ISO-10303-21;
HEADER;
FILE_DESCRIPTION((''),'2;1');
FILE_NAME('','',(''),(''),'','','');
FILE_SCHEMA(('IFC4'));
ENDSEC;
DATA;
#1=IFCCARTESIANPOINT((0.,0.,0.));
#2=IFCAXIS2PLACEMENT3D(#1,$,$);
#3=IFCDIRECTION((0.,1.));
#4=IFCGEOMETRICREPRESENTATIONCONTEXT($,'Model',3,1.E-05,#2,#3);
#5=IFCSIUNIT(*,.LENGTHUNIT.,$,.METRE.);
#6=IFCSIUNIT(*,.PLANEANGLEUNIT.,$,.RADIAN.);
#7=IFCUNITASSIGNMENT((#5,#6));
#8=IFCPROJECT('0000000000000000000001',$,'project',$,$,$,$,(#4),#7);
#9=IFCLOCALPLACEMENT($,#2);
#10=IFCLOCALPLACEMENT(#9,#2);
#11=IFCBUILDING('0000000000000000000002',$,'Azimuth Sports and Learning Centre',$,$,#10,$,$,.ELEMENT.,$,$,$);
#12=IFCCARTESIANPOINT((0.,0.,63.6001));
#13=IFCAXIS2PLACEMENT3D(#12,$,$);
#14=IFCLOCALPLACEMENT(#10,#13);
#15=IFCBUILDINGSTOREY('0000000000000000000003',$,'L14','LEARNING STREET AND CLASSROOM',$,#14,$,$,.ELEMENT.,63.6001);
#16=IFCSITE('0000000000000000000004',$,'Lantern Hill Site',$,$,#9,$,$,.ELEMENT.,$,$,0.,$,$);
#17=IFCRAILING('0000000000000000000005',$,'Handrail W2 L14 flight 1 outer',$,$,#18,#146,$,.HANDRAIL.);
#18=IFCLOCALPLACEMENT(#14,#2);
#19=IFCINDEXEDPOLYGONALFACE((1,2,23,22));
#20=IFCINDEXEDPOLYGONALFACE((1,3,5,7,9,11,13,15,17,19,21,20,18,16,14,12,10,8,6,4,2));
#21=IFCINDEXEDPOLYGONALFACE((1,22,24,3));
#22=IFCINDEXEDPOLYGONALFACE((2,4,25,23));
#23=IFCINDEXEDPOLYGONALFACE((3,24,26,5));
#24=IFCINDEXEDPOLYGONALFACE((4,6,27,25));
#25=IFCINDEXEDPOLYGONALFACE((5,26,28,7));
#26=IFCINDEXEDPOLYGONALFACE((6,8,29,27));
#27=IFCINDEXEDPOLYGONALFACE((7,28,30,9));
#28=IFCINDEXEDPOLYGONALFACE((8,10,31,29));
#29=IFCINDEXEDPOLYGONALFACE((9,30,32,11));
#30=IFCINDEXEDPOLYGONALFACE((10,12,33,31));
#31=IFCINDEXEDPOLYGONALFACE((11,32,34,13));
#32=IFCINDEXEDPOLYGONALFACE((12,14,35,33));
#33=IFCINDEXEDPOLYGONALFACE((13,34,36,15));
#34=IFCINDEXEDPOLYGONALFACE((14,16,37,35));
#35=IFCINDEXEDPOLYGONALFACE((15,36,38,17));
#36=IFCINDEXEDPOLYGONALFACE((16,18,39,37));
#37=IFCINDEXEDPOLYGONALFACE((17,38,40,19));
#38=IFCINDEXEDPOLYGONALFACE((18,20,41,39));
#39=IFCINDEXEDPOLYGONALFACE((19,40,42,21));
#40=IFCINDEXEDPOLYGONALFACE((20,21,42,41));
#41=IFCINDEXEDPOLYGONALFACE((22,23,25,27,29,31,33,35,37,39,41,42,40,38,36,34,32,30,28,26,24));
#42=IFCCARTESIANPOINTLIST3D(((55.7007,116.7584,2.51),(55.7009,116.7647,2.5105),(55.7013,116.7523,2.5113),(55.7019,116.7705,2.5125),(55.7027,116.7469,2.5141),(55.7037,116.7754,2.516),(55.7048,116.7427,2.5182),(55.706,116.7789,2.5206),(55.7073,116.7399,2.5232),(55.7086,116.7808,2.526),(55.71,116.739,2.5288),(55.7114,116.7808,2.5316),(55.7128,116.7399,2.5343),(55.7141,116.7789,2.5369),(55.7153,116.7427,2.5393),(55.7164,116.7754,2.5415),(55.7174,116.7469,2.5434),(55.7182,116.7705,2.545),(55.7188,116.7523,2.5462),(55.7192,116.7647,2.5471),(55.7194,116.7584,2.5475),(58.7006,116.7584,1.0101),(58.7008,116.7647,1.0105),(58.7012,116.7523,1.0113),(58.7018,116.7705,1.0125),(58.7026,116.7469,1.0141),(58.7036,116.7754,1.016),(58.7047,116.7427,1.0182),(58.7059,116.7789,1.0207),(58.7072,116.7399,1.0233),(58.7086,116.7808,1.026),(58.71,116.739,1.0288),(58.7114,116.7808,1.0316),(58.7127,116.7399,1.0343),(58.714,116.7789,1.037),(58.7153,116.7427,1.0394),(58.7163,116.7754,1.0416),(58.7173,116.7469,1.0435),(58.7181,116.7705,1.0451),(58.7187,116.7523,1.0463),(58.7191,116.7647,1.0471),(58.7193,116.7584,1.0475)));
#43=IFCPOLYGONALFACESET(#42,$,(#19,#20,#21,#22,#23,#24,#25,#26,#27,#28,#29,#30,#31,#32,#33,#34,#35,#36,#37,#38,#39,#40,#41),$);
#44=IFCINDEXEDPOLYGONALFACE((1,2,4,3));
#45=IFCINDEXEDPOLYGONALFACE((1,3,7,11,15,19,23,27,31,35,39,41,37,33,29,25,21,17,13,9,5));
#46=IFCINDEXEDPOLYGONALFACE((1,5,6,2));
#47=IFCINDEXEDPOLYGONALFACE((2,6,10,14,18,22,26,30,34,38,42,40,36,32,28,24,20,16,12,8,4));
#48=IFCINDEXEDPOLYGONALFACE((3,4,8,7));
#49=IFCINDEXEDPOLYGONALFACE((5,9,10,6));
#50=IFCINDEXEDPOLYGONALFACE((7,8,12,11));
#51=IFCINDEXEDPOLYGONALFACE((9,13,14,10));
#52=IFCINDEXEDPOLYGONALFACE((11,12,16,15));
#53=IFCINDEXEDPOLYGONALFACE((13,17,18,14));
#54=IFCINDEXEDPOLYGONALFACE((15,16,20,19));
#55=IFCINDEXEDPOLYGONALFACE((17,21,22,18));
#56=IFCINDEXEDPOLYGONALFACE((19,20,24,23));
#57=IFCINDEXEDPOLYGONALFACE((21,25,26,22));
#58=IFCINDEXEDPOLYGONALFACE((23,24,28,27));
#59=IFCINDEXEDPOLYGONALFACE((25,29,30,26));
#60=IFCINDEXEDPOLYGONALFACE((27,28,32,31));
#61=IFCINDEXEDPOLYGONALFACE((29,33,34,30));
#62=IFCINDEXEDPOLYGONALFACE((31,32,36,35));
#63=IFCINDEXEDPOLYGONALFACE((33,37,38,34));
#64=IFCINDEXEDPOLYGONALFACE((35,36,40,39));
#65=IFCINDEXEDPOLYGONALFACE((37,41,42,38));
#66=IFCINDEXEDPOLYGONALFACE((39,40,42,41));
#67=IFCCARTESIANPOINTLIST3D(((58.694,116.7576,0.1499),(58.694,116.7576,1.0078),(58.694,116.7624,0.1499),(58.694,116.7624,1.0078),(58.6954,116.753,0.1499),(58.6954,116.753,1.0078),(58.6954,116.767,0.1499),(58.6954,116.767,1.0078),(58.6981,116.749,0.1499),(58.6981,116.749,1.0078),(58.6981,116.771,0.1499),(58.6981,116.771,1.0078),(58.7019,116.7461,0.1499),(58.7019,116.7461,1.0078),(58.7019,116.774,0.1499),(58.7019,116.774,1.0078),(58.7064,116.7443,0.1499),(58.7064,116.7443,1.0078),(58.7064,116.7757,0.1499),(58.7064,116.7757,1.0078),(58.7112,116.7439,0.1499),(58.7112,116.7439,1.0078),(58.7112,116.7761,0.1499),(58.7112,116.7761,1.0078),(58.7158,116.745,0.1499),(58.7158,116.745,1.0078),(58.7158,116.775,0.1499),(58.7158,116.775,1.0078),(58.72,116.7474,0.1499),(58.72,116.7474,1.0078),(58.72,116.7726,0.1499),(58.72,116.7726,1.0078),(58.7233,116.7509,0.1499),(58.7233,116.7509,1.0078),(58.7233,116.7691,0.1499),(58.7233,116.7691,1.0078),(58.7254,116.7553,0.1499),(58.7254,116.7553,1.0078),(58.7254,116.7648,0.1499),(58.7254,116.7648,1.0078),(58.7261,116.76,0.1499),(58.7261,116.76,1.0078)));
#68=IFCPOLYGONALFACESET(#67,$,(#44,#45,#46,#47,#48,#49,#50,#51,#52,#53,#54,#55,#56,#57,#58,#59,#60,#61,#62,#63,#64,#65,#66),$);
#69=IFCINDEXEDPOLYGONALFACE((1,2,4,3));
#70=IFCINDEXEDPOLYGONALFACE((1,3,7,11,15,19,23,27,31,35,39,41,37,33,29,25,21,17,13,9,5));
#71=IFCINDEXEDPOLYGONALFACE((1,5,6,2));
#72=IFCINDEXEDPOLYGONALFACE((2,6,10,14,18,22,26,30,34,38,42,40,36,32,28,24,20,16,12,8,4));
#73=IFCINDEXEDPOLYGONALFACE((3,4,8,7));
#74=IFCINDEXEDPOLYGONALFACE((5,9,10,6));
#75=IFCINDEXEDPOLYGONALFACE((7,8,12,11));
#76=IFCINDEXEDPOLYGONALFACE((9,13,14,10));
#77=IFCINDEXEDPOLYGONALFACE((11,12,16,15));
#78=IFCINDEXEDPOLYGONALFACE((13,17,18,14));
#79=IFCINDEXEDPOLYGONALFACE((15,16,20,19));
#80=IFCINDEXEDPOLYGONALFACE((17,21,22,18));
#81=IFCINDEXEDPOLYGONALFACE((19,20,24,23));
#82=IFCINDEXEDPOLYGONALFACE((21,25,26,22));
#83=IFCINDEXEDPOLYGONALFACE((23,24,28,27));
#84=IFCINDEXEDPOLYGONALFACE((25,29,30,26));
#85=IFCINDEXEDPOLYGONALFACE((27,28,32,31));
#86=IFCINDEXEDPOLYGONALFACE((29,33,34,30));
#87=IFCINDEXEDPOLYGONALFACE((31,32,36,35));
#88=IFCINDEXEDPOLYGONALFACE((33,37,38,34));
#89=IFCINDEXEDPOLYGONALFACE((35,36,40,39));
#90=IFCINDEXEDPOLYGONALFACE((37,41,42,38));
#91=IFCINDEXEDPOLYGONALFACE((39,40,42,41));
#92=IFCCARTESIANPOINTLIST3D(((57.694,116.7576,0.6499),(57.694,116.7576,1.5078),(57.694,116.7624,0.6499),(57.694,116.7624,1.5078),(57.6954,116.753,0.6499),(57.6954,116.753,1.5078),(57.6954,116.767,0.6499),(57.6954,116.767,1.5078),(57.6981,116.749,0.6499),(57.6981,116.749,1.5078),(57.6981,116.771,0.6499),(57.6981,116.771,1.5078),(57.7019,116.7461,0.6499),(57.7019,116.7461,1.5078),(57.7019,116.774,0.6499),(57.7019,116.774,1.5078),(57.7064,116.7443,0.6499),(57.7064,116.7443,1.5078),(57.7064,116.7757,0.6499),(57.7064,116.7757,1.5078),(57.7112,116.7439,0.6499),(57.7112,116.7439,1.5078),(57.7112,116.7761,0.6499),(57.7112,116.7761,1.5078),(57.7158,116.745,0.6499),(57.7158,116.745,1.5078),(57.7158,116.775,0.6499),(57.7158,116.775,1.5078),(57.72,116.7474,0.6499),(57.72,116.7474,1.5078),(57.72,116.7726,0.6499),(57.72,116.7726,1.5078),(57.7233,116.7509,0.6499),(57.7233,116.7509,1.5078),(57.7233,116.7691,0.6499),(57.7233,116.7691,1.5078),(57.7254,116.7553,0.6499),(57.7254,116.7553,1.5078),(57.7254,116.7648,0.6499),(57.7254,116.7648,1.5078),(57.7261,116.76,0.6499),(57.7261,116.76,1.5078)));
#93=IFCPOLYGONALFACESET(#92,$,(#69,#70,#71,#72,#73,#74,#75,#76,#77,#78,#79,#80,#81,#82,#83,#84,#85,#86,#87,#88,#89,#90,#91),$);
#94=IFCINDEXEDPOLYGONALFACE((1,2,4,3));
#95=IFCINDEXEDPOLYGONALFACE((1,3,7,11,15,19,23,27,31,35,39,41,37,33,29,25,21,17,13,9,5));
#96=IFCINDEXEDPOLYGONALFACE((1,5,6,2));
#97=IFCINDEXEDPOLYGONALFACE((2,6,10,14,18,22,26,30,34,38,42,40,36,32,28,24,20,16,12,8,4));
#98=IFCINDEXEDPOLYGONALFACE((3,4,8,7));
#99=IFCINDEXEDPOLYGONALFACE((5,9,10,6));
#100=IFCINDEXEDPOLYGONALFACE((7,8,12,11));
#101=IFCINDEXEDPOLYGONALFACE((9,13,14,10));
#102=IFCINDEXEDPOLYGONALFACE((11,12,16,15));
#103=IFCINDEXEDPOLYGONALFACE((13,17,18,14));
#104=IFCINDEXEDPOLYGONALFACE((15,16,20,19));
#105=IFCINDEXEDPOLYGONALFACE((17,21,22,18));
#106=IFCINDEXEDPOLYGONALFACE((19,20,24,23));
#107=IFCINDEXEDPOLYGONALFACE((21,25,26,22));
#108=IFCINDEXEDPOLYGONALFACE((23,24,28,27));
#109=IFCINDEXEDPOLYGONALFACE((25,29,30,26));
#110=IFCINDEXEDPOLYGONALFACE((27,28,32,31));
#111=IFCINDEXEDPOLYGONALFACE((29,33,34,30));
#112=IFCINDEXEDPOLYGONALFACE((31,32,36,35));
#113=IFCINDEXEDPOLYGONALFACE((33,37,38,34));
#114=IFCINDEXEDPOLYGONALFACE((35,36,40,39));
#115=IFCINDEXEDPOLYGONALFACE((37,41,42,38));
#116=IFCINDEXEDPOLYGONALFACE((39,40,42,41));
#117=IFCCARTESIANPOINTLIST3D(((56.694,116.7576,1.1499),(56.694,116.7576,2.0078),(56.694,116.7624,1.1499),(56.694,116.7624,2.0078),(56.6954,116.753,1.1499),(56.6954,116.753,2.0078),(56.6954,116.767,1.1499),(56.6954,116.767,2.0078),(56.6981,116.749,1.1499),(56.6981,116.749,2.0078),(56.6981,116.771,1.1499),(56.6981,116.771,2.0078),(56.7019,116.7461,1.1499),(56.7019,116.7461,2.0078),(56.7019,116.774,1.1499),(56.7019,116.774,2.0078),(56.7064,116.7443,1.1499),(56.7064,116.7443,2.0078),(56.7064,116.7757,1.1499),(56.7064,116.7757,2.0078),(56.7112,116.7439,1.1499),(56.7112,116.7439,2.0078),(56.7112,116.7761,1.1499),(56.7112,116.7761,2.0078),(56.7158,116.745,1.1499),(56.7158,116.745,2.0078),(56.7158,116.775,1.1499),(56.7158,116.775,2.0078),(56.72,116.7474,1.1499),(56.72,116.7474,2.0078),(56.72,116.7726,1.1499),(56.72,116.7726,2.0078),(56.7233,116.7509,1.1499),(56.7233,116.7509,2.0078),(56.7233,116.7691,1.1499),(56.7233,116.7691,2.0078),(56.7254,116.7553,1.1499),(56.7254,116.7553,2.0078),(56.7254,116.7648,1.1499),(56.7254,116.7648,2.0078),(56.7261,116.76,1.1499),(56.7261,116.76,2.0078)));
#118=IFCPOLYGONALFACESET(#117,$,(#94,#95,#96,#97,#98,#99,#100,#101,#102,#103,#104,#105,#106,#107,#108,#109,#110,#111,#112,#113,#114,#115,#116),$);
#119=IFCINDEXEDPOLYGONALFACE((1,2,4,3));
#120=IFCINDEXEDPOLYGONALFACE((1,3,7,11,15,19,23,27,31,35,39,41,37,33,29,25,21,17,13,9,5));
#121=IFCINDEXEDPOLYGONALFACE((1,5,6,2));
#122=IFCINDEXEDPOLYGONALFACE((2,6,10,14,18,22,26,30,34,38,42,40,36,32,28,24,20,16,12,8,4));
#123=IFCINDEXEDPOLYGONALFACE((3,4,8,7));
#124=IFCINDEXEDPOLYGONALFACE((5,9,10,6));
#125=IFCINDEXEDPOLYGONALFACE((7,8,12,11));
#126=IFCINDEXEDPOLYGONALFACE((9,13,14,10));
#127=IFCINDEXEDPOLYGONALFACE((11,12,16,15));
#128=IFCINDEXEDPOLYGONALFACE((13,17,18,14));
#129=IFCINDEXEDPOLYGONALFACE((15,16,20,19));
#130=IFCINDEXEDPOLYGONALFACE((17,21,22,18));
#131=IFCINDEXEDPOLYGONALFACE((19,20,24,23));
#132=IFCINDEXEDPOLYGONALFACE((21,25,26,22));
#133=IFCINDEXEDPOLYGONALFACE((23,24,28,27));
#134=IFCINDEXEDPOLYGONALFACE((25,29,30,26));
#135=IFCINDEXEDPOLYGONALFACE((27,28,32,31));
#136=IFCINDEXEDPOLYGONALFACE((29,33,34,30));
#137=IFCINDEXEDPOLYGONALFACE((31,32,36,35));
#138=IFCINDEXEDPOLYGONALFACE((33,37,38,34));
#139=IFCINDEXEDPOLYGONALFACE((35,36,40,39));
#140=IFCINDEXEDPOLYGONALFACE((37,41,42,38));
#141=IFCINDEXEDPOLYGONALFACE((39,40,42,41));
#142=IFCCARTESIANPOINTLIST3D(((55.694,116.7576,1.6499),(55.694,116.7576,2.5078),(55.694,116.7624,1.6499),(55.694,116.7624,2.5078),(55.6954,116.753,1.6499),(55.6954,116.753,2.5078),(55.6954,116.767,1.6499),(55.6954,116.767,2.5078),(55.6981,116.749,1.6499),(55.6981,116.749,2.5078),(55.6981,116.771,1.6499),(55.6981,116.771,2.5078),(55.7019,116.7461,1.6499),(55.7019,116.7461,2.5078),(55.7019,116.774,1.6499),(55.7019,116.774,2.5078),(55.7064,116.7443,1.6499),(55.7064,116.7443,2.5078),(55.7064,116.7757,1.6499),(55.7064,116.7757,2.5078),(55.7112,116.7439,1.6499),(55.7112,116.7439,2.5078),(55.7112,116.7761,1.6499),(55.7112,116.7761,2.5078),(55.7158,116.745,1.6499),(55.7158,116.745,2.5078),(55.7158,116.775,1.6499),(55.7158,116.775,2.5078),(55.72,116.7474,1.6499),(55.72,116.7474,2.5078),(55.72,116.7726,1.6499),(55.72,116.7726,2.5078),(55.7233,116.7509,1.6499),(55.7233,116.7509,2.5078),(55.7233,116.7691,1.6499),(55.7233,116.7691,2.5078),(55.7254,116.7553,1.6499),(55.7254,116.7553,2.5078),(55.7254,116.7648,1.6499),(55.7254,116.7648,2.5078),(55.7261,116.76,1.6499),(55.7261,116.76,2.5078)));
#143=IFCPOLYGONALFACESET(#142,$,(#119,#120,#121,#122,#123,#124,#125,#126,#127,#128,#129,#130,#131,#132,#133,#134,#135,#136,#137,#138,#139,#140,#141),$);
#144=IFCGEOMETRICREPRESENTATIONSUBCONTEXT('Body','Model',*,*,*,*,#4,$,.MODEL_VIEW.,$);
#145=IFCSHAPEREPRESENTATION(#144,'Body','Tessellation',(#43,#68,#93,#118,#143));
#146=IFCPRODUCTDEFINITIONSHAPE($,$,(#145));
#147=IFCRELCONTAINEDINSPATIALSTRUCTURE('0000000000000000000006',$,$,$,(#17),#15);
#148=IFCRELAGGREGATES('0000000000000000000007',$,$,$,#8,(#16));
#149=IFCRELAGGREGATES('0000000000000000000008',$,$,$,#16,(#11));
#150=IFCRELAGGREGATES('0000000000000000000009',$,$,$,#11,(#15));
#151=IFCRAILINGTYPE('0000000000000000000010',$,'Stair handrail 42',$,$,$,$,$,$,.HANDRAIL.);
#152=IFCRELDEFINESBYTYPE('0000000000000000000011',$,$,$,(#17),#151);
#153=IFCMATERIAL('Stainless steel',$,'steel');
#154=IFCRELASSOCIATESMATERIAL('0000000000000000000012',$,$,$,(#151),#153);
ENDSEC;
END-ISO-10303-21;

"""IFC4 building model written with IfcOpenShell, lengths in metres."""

from ifc_helpers import new_model, si_unit, direction, frame, origin, origin_2d, place, context, subcontext, project, spatial, circle, extrude, material, type_object, element, save


model = new_model("IFC4")

# Units and contexts
model_context = context("Model", 3, precision=1e-05, world=origin(), true_north=direction((0.0, 1.0)))
body_context = subcontext(model_context, "Body", "Model", "MODEL_VIEW")
ifc_project = project(units=[si_unit("LENGTHUNIT", "METRE"), si_unit("PLANEANGLEUNIT", "RADIAN")], contexts=[model_context])

# Site, building, storey
site_placement = place(None, origin())
site = spatial("IfcSite", under=ifc_project, at=site_placement, Name="Lantern Hill Site", CompositionType="ELEMENT", RefElevation=0.0)
building_placement = place(site_placement, origin())
building = spatial("IfcBuilding", under=site, at=building_placement, Name="Azimuth Sports and Learning Centre", CompositionType="ELEMENT")
storey_placement = place(building_placement, frame((0.0, 0.0, 63.6001)))
storey = spatial("IfcBuildingStorey", under=building, at=storey_placement, Name="L14", Description="LEARNING STREET AND CLASSROOM", CompositionType="ELEMENT", Elevation=63.6001)

# Railing
ifc_material_1 = material(Name="Stainless steel", Category="steel")
railing_type_1 = type_object("IfcRailingType", Name="Stair handrail 42", PredefinedType="HANDRAIL", material=ifc_material_1)
for number, where, name in (
    (1, (58.71, 116.76, 0.1499), "Handrail W2 L14 flight 1 outer"),
):
    element("IfcRailing", number, at=place(storey_placement, frame(where)), inside=storey, type_object=railing_type_1, Name=name, PredefinedType="HANDRAIL", context=body_context, shape_type="SweptSolid", body=[
        extrude(circle(Radius=0.021, at=origin_2d()), frame((0.0, 0.0, 0.8789), z_axis=(-0.894427, 0.0, 0.447214), x_axis=(0.0, -1.0, 0.0)), (0.0, 0.0, 1.0), 3.354),
        extrude(circle(Radius=0.0161, at=origin_2d()), origin(), (0.0, 0.0, 1.0), 0.8579),
        extrude(circle(Radius=0.0161, at=origin_2d()), frame((-1.0, 0.0, 0.5)), (0.0, 0.0, 1.0), 0.8579),
        extrude(circle(Radius=0.0161, at=origin_2d()), frame((-2.0, 0.0, 1.0)), (0.0, 0.0, 1.0), 0.8579),
        extrude(circle(Radius=0.0161, at=origin_2d()), frame((-3.0, 0.0, 1.5)), (0.0, 0.0, 1.0), 0.8579),
    ])

save(model, "model.ifc")
